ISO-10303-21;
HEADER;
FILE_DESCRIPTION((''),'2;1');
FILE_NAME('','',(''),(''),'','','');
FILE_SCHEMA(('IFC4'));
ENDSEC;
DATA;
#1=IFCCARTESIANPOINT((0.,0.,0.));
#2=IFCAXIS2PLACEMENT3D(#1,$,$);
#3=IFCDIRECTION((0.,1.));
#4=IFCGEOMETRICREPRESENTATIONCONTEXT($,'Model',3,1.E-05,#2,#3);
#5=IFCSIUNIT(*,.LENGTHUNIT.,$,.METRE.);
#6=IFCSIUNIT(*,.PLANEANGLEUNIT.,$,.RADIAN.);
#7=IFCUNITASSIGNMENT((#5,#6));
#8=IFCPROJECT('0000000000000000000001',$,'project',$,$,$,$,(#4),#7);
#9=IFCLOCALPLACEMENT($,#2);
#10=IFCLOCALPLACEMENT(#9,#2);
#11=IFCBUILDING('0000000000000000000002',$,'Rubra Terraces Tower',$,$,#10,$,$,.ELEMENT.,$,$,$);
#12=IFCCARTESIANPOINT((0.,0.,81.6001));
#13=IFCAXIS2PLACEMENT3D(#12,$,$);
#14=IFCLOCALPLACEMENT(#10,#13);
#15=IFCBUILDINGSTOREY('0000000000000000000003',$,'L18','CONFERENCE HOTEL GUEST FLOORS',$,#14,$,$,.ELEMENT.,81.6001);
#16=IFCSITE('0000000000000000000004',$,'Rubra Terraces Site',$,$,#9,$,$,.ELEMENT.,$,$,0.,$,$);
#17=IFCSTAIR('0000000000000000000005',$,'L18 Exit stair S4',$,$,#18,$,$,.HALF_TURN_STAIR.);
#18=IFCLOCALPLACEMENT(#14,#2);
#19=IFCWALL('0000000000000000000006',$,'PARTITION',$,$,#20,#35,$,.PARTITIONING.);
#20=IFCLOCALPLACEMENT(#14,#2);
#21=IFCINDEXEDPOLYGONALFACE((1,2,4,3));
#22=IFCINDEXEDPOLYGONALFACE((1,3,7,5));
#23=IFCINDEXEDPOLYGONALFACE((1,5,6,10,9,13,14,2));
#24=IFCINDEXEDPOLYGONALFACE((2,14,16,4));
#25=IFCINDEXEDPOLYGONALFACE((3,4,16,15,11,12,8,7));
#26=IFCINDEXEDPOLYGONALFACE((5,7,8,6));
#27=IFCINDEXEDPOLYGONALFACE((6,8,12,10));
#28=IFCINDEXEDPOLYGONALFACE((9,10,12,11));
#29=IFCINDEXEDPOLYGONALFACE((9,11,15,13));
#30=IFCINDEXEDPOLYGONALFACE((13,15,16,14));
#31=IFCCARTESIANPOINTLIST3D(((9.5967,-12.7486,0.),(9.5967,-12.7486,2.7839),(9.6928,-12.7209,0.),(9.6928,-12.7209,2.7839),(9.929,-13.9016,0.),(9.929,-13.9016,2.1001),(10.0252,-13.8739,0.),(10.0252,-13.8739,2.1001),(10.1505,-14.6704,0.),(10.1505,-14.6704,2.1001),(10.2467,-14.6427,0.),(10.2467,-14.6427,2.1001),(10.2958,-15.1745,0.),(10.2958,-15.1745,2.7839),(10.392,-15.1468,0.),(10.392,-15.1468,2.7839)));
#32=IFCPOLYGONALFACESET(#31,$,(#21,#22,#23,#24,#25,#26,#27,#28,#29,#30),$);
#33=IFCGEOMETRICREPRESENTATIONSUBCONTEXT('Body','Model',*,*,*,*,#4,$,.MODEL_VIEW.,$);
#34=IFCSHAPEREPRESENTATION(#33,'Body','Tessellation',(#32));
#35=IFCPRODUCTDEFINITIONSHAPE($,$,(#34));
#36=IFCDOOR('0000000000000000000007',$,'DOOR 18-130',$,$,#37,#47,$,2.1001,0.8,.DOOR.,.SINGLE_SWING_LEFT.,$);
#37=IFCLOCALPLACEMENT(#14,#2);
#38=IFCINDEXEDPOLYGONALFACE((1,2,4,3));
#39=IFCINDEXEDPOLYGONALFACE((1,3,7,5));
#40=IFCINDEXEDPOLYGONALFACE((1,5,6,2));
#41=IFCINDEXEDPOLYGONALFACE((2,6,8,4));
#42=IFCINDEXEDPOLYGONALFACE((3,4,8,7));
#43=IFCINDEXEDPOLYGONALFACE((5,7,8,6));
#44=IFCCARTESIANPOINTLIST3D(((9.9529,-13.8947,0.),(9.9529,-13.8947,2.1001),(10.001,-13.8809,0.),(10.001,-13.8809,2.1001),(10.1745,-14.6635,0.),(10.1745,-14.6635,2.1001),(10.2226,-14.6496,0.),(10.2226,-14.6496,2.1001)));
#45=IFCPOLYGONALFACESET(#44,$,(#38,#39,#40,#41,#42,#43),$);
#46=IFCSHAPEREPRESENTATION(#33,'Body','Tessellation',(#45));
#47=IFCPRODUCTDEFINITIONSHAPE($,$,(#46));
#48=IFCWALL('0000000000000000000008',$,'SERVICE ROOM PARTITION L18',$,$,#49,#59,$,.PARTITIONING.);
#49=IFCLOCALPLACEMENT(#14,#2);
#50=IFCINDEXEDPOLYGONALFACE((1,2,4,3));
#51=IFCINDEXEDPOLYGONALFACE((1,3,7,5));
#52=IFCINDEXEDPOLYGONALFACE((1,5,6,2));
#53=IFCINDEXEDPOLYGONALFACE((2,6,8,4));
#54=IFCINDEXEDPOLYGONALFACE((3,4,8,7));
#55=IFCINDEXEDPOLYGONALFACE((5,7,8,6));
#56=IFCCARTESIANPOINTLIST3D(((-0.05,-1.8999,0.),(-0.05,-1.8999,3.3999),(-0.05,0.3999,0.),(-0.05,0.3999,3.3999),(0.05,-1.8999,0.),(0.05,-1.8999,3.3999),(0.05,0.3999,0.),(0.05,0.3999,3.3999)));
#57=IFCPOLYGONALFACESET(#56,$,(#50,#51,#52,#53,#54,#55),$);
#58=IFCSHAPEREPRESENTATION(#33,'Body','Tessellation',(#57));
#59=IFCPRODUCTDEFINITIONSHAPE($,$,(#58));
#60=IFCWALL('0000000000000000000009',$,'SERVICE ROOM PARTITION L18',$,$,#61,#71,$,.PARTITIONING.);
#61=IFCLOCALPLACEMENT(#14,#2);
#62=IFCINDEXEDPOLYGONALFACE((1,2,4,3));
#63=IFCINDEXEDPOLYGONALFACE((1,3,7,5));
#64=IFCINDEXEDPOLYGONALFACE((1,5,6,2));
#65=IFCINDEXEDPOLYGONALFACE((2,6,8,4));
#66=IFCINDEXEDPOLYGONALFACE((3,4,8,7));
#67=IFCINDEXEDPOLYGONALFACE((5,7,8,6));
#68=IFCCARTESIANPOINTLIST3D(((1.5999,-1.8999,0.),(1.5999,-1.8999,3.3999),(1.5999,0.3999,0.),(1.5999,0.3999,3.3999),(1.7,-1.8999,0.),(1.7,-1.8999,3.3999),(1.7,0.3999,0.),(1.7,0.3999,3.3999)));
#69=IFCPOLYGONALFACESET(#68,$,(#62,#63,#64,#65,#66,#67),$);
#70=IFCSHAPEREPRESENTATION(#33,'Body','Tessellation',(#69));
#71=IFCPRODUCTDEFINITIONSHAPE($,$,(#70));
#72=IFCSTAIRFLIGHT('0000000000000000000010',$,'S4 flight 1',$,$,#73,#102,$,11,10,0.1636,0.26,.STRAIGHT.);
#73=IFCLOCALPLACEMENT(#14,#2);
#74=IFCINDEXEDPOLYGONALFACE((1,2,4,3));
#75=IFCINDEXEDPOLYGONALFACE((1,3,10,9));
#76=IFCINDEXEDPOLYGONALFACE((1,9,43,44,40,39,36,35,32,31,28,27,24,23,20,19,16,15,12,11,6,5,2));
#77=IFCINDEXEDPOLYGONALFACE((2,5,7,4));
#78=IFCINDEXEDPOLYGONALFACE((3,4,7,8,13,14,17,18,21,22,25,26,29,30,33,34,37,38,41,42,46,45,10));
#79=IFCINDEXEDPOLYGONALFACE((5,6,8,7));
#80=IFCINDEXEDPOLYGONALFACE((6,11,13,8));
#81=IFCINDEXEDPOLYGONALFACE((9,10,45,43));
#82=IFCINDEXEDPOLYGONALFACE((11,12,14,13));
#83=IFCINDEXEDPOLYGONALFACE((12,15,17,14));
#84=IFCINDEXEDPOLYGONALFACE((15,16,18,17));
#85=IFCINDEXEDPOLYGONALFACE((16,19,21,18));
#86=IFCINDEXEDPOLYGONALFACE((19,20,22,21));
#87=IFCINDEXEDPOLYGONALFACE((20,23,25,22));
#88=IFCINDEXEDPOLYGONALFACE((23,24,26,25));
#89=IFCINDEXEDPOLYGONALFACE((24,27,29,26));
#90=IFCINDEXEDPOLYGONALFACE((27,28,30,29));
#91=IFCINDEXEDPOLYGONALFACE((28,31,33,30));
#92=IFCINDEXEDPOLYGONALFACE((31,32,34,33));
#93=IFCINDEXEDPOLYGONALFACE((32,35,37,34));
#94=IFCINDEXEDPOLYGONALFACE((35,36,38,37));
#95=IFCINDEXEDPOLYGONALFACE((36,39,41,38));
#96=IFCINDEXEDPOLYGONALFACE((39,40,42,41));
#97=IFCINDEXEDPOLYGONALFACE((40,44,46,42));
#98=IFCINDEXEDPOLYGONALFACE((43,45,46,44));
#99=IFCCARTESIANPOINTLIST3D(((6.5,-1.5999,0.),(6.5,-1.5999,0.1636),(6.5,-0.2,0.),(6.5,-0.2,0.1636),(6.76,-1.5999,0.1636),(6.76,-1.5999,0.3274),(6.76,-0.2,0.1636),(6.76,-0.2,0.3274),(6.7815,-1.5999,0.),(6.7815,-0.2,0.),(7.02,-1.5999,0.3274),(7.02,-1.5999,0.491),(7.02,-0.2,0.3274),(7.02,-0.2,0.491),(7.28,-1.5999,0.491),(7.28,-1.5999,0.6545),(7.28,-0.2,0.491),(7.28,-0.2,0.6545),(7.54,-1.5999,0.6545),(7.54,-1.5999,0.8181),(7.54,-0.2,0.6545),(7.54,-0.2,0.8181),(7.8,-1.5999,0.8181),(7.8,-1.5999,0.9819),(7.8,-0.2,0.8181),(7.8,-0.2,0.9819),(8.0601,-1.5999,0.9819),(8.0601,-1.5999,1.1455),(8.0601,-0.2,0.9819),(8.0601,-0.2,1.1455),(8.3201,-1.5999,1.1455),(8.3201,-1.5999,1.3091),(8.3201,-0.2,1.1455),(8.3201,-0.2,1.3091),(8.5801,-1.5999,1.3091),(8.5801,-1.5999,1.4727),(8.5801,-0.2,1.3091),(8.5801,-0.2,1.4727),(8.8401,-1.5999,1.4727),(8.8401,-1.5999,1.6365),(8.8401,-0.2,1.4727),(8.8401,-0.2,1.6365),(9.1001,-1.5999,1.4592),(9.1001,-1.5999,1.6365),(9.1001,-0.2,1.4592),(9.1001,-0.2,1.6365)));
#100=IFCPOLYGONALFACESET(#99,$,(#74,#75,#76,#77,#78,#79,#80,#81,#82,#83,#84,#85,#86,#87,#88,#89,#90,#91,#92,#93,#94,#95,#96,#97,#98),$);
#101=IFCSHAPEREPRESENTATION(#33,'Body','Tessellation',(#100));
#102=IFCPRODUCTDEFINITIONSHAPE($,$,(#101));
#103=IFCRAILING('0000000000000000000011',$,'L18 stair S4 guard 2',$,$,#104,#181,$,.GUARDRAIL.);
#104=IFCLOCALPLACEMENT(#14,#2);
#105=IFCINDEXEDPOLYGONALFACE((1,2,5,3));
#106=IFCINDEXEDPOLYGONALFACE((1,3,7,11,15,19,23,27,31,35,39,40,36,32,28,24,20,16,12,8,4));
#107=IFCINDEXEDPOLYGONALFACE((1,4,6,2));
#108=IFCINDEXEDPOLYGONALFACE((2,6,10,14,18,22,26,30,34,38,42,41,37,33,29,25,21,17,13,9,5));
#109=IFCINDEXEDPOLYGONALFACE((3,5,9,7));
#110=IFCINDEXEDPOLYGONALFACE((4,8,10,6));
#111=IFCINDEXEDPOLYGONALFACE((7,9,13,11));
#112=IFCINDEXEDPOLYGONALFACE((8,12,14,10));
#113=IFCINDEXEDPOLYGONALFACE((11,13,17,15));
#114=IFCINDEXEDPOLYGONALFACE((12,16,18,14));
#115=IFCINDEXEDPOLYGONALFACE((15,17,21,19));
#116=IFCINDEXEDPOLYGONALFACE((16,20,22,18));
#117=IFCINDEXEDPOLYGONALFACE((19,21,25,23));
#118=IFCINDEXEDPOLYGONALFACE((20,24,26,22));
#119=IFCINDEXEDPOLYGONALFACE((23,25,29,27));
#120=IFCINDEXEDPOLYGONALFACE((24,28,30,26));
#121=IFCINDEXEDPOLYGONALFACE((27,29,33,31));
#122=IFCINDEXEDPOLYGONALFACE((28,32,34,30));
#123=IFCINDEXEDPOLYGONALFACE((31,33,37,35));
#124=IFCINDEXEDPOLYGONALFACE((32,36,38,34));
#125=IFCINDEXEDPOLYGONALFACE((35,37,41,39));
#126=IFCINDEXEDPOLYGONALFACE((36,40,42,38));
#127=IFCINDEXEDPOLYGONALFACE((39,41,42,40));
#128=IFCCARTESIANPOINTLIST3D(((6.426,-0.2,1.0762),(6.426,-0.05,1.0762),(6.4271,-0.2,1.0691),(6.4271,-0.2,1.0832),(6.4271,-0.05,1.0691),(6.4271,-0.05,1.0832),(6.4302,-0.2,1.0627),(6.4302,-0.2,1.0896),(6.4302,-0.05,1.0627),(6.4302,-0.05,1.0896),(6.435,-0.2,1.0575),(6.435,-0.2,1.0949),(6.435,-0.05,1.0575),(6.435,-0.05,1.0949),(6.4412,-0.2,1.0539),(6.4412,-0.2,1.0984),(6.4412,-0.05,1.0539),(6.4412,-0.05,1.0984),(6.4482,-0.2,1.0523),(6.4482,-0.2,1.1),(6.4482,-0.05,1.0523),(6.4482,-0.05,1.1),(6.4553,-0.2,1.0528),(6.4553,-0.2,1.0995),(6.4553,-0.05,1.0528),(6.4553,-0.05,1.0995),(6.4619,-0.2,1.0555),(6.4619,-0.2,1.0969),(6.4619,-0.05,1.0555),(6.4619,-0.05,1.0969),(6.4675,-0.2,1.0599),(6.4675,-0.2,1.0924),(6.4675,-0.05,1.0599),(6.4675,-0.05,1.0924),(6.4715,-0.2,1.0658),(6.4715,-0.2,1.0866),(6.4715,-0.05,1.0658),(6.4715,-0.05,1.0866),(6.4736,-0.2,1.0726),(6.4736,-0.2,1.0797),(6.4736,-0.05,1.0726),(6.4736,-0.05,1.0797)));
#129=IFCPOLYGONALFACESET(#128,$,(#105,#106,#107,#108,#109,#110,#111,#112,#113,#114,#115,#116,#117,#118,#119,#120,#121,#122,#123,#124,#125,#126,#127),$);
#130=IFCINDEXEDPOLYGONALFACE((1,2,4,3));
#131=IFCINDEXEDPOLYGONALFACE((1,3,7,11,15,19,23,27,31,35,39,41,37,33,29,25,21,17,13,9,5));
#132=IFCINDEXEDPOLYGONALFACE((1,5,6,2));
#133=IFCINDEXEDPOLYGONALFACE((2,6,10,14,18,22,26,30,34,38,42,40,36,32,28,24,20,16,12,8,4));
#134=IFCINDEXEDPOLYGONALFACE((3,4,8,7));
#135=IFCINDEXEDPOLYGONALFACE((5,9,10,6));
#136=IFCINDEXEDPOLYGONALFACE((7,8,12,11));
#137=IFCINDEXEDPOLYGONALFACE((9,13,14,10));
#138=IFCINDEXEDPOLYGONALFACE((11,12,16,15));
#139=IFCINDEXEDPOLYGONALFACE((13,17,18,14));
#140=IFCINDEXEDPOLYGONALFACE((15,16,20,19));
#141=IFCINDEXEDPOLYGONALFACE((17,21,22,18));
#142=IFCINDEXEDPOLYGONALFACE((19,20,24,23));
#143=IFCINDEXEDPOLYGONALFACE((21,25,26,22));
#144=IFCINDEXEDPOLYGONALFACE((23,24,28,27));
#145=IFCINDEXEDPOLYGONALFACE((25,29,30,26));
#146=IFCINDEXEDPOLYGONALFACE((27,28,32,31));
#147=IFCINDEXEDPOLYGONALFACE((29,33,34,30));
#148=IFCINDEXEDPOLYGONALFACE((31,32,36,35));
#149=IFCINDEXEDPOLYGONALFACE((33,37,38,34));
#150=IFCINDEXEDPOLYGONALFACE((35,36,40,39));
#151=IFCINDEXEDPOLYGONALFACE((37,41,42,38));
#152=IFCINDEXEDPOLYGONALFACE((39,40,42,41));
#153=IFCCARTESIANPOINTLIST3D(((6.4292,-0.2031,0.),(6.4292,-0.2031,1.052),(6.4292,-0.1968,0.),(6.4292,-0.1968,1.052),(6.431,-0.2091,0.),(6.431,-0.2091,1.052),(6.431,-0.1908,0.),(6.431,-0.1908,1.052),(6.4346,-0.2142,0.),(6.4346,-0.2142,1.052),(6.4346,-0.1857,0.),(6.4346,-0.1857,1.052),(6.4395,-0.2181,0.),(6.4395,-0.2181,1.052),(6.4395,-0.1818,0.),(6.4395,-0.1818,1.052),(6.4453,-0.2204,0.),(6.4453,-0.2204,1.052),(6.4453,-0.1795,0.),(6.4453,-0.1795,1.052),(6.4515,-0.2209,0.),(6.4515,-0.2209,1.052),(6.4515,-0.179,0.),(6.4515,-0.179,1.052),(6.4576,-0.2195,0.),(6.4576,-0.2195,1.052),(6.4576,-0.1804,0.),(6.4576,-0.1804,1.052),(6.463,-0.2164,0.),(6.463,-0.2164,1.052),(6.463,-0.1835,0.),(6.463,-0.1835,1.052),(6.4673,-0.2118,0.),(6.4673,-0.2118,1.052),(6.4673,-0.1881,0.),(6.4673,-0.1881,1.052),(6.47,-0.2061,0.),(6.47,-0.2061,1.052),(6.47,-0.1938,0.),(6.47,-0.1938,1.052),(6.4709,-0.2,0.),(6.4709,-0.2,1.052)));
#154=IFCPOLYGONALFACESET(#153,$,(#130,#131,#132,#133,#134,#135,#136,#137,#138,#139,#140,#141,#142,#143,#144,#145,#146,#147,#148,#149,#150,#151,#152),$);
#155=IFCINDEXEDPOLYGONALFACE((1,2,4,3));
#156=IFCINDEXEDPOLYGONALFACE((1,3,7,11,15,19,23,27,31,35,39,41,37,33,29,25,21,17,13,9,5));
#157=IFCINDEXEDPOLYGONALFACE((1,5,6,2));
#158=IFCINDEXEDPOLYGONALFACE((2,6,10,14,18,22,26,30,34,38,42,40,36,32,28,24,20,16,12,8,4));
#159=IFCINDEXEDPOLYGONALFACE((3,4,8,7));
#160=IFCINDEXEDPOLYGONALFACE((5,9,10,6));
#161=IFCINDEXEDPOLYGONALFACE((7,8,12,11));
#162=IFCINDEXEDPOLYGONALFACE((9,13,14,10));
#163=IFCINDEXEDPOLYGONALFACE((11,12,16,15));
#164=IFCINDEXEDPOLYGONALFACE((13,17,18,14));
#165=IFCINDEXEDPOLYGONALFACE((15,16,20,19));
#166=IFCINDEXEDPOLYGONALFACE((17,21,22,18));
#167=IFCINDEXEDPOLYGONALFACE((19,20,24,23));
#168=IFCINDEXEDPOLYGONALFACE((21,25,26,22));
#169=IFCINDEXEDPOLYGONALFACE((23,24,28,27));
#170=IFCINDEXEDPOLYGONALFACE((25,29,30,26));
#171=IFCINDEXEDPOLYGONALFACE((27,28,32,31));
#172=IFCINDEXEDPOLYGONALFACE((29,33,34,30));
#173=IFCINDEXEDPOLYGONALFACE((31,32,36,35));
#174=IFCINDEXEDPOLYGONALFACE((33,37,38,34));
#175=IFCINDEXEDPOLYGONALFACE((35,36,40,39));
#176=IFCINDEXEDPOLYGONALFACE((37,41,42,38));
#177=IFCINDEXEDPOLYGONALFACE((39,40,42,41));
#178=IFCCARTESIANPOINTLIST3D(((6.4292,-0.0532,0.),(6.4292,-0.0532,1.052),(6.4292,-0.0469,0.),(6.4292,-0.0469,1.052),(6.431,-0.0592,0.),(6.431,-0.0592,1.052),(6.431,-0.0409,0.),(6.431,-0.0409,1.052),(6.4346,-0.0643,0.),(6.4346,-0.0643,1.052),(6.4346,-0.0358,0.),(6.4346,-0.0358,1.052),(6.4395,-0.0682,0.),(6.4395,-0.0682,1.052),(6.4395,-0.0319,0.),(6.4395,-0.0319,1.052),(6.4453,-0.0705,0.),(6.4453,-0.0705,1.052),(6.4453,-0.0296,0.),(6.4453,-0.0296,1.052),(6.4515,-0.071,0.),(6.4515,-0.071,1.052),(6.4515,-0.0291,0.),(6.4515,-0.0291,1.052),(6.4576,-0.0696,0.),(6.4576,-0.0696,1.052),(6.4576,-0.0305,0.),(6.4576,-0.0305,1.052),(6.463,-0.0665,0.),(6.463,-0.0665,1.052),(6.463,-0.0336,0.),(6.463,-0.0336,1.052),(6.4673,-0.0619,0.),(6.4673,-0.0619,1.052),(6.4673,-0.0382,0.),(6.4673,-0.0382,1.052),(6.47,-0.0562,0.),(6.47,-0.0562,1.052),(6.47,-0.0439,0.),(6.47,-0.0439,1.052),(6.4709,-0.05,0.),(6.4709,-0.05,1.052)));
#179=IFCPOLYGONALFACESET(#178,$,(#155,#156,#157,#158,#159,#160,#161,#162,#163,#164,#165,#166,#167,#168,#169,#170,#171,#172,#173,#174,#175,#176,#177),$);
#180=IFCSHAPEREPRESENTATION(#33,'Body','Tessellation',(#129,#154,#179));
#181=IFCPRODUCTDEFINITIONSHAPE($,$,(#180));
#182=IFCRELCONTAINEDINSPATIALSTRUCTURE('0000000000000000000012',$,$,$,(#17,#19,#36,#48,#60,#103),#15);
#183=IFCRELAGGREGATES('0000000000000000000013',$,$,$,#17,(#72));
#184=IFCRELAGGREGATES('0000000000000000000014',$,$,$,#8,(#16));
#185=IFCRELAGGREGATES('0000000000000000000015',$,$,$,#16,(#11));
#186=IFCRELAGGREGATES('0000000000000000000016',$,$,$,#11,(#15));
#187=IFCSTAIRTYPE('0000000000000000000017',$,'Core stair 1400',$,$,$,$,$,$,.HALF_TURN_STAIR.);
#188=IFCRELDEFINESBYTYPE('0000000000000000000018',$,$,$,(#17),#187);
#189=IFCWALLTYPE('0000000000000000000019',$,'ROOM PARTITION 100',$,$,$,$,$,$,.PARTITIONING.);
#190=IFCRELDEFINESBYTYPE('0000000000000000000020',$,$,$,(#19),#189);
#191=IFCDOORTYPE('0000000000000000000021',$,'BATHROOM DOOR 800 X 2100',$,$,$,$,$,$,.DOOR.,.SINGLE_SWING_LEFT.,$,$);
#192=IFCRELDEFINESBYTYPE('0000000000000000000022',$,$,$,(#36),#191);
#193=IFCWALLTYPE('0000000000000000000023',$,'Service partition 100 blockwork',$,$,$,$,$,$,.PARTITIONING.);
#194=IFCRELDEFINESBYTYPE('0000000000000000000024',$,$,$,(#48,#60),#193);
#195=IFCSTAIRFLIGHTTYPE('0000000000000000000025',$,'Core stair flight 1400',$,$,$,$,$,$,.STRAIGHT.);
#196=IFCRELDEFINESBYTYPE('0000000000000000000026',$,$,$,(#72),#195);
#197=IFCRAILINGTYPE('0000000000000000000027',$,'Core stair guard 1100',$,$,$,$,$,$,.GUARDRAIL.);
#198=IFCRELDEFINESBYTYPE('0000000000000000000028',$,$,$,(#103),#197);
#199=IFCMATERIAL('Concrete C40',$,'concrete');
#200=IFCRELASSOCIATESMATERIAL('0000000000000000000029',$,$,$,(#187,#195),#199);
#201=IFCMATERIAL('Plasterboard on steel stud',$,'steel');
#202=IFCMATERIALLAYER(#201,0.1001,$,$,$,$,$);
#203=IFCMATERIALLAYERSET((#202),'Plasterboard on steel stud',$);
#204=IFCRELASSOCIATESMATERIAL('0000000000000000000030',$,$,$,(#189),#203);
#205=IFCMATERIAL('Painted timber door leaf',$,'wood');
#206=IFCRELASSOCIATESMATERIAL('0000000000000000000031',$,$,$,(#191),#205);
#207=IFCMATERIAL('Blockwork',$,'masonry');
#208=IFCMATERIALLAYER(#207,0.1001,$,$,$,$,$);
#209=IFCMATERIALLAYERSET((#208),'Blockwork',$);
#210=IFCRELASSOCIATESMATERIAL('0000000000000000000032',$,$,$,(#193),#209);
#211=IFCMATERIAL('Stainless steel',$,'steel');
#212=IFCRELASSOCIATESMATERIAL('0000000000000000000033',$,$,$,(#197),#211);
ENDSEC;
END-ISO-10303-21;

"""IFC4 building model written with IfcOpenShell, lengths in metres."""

from ifc_helpers import new_model, si_unit, direction, frame, frame_2d, origin, origin_2d, place, context, subcontext, project, spatial, polyline, rectangle, circle, outline, extrude, material, layer, layer_set, type_object, element, fill, aggregate, save


model = new_model("IFC4")

# Units and contexts
model_context = context("Model", 3, precision=1e-05, world=origin(), true_north=direction((0.0, 1.0)))
body_context = subcontext(model_context, "Body", "Model", "MODEL_VIEW")
ifc_project = project(units=[si_unit("LENGTHUNIT", "METRE"), si_unit("PLANEANGLEUNIT", "RADIAN")], contexts=[model_context])

# Site, building, storey
site_placement = place(None, origin())
site = spatial("IfcSite", under=ifc_project, at=site_placement, Name="Rubra Terraces Site", CompositionType="ELEMENT", RefElevation=0.0)
building_placement = place(site_placement, origin())
building = spatial("IfcBuilding", under=site, at=building_placement, Name="Rubra Terraces Tower", CompositionType="ELEMENT")
storey_placement = place(building_placement, frame((0.0, 0.0, 81.6001)))
storey = spatial("IfcBuildingStorey", under=building, at=storey_placement, Name="L18", Description="CONFERENCE HOTEL GUEST FLOORS", CompositionType="ELEMENT", Elevation=81.6001)

# Shared definitions
ifc_material_1 = material(Name="Concrete C40", Category="concrete")

# Stair
stair_type = type_object("IfcStairType", Name="Core stair 1400", PredefinedType="HALF_TURN_STAIR", material=ifc_material_1)
stair_1_placement = place(storey_placement, origin())
stair_1 = element("IfcStair", 1, at=stair_1_placement, inside=storey, type_object=stair_type, Name="L18 Exit stair S4", PredefinedType="HALF_TURN_STAIR")

# Shared definitions
ifc_material_2 = material(Name="Painted timber door leaf", Category="wood")

# Wall, opening, door
ifc_material_3 = material(Name="Plasterboard on steel stud", Category="steel")
ifc_layer_1 = layer(ifc_material_3, 0.1001)
ifc_layer_set_1 = layer_set([ifc_layer_1], Name="Plasterboard on steel stud")
wall_type_1 = type_object("IfcWallType", Name="ROOM PARTITION 100", PredefinedType="PARTITIONING", material=ifc_layer_set_1)
wall_1_placement = place(storey_placement, frame((9.6448, -12.7349, 0.0), z_axis=(0.0, 0.0, 1.0), x_axis=(0.276943, -0.960886, 0.0)))
wall_1 = element("IfcWall", 2, at=wall_1_placement, inside=storey, type_object=wall_type_1, Name="PARTITION", PredefinedType="PARTITIONING", context=body_context, shape_type="SweptSolid", body=[
    extrude(rectangle(XDim=2.5247, YDim=0.1001, at=frame_2d((1.2622, 0.0))), origin(), (0.0, 0.0, 1.0), 2.7839),
])
opening_1_placement = place(wall_1_placement, frame((1.2, 0.0, 0.0)))
opening_1 = element("IfcOpeningElement", 3, at=opening_1_placement, cuts=wall_1, PredefinedType="OPENING", context=body_context, shape_type="SweptSolid", body=[
    extrude(rectangle(XDim=0.8, YDim=2.1001, at=frame_2d((0.3999, 1.05))), frame((0.0, 0.0601, 0.0), z_axis=(0.0, -1.0, 0.0), x_axis=(1.0, 0.0, 0.0)), (0.0, 0.0, 1.0), 0.1201),
])
door_type_1 = type_object("IfcDoorType", Name="BATHROOM DOOR 800 X 2100", OperationType="SINGLE_SWING_LEFT", PredefinedType="DOOR", material=ifc_material_2)
door_1_placement = place(opening_1_placement, origin())
door_1 = element("IfcDoor", 4, at=door_1_placement, inside=storey, type_object=door_type_1, Name="DOOR 18-130", OperationType="SINGLE_SWING_LEFT", OverallHeight=2.1001, OverallWidth=0.8, PredefinedType="DOOR", context=body_context, shape_type="SweptSolid", body=[
    extrude(rectangle(XDim=0.8, YDim=2.1001, at=frame_2d((0.3999, 1.05))), frame((0.0, 0.0249, 0.0), z_axis=(0.0, -1.0, 0.0), x_axis=(1.0, 0.0, 0.0)), (0.0, 0.0, 1.0), 0.05),
])
fill(opening_1, door_1)

# Walls
ifc_material_4 = material(Name="Blockwork", Category="masonry")
ifc_layer_2 = layer(ifc_material_4, 0.1001)
ifc_layer_set_2 = layer_set([ifc_layer_2], Name="Blockwork")
wall_type_2 = type_object("IfcWallType", Name="Service partition 100 blockwork", PredefinedType="PARTITIONING", material=ifc_layer_set_2)
for number, where, z_axis, x_axis, name in (
    (5, (0.0, -1.8999, 0.0), (0.0, 0.0, 1.0), (0.0, 1.0, 0.0), "SERVICE ROOM PARTITION L18"),
    (6, (1.6499, -1.8999, 0.0), (0.0, 0.0, 1.0), (0.0, 1.0, 0.0), "SERVICE ROOM PARTITION L18"),
):
    element("IfcWall", number, at=place(storey_placement, frame(where, z_axis=z_axis, x_axis=x_axis)), inside=storey, type_object=wall_type_2, Name=name, PredefinedType="PARTITIONING", context=body_context, shape_type="SweptSolid", body=[
        extrude(rectangle(XDim=2.2998, YDim=0.1001, at=frame_2d((1.1499, 0.0))), origin(), (0.0, 0.0, 1.0), 3.3999),
    ])

# Stair flight
stair_flight_type = type_object("IfcStairFlightType", Name="Core stair flight 1400", PredefinedType="STRAIGHT", material=ifc_material_1)
stair_flight_placement = place(storey_placement, frame((6.5, -0.8999, 0.0), z_axis=(0.0, 0.0, 1.0), x_axis=(1.0, 0.0, 0.0)))
stair_flight = element("IfcStairFlight", 7, at=stair_flight_placement, type_object=stair_flight_type, Name="S4 flight 1", NumberOfRisers=11, NumberOfTreads=10, PredefinedType="STRAIGHT", RiserHeight=0.1636, TreadLength=0.26, context=body_context, shape_type="SweptSolid", body=[
    extrude(outline(polyline([(0.0, 0.0), (0.0, 0.1636), (0.26, 0.1636), (0.26, 0.3274), (0.52, 0.3274), (0.52, 0.491), (0.78, 0.491), (0.78, 0.6545), (1.04, 0.6545), (1.04, 0.8181), (1.3, 0.8181), (1.3, 0.9819), (1.5601, 0.9819), (1.5601, 1.1455), (1.8201, 1.1455), (1.8201, 1.3091), (2.0801, 1.3091), (2.0801, 1.4727), (2.3401, 1.4727), (2.3401, 1.6365), (2.6001, 1.6365), (2.6001, 1.8), (2.6001, 1.4592), (0.2815, 0.0), (0.0, 0.0)])), frame((0.0, 0.7, 0.0), z_axis=(0.0, -1.0, 0.0), x_axis=(1.0, 0.0, 0.0)), (0.0, 0.0, 1.0), 1.3999),
])
aggregate(stair_1, [stair_flight])

# Railing
ifc_material_5 = material(Name="Stainless steel", Category="steel")
railing_type_1 = type_object("IfcRailingType", Name="Core stair guard 1100", PredefinedType="GUARDRAIL", material=ifc_material_5)
railing_1_placement = place(storey_placement, frame((6.45, -0.2, 0.0)))
element("IfcRailing", 8, at=railing_1_placement, inside=storey, type_object=railing_type_1, Name="L18 stair S4 guard 2", PredefinedType="GUARDRAIL", context=body_context, shape_type="SweptSolid", body=[
    extrude(circle(Radius=0.0239, at=origin_2d()), frame((0.0, 0.0, 1.0762), z_axis=(0.0, 1.0, 0.0), x_axis=(-1.0, 0.0, 0.0)), (0.0, 0.0, 1.0), 0.1499),
    extrude(circle(Radius=0.021, at=origin_2d()), origin(), (0.0, 0.0, 1.0), 1.052),
    extrude(circle(Radius=0.021, at=origin_2d()), frame((0.0, 0.1499, 0.0)), (0.0, 0.0, 1.0), 1.052),
])

save(model, "model.ifc")
